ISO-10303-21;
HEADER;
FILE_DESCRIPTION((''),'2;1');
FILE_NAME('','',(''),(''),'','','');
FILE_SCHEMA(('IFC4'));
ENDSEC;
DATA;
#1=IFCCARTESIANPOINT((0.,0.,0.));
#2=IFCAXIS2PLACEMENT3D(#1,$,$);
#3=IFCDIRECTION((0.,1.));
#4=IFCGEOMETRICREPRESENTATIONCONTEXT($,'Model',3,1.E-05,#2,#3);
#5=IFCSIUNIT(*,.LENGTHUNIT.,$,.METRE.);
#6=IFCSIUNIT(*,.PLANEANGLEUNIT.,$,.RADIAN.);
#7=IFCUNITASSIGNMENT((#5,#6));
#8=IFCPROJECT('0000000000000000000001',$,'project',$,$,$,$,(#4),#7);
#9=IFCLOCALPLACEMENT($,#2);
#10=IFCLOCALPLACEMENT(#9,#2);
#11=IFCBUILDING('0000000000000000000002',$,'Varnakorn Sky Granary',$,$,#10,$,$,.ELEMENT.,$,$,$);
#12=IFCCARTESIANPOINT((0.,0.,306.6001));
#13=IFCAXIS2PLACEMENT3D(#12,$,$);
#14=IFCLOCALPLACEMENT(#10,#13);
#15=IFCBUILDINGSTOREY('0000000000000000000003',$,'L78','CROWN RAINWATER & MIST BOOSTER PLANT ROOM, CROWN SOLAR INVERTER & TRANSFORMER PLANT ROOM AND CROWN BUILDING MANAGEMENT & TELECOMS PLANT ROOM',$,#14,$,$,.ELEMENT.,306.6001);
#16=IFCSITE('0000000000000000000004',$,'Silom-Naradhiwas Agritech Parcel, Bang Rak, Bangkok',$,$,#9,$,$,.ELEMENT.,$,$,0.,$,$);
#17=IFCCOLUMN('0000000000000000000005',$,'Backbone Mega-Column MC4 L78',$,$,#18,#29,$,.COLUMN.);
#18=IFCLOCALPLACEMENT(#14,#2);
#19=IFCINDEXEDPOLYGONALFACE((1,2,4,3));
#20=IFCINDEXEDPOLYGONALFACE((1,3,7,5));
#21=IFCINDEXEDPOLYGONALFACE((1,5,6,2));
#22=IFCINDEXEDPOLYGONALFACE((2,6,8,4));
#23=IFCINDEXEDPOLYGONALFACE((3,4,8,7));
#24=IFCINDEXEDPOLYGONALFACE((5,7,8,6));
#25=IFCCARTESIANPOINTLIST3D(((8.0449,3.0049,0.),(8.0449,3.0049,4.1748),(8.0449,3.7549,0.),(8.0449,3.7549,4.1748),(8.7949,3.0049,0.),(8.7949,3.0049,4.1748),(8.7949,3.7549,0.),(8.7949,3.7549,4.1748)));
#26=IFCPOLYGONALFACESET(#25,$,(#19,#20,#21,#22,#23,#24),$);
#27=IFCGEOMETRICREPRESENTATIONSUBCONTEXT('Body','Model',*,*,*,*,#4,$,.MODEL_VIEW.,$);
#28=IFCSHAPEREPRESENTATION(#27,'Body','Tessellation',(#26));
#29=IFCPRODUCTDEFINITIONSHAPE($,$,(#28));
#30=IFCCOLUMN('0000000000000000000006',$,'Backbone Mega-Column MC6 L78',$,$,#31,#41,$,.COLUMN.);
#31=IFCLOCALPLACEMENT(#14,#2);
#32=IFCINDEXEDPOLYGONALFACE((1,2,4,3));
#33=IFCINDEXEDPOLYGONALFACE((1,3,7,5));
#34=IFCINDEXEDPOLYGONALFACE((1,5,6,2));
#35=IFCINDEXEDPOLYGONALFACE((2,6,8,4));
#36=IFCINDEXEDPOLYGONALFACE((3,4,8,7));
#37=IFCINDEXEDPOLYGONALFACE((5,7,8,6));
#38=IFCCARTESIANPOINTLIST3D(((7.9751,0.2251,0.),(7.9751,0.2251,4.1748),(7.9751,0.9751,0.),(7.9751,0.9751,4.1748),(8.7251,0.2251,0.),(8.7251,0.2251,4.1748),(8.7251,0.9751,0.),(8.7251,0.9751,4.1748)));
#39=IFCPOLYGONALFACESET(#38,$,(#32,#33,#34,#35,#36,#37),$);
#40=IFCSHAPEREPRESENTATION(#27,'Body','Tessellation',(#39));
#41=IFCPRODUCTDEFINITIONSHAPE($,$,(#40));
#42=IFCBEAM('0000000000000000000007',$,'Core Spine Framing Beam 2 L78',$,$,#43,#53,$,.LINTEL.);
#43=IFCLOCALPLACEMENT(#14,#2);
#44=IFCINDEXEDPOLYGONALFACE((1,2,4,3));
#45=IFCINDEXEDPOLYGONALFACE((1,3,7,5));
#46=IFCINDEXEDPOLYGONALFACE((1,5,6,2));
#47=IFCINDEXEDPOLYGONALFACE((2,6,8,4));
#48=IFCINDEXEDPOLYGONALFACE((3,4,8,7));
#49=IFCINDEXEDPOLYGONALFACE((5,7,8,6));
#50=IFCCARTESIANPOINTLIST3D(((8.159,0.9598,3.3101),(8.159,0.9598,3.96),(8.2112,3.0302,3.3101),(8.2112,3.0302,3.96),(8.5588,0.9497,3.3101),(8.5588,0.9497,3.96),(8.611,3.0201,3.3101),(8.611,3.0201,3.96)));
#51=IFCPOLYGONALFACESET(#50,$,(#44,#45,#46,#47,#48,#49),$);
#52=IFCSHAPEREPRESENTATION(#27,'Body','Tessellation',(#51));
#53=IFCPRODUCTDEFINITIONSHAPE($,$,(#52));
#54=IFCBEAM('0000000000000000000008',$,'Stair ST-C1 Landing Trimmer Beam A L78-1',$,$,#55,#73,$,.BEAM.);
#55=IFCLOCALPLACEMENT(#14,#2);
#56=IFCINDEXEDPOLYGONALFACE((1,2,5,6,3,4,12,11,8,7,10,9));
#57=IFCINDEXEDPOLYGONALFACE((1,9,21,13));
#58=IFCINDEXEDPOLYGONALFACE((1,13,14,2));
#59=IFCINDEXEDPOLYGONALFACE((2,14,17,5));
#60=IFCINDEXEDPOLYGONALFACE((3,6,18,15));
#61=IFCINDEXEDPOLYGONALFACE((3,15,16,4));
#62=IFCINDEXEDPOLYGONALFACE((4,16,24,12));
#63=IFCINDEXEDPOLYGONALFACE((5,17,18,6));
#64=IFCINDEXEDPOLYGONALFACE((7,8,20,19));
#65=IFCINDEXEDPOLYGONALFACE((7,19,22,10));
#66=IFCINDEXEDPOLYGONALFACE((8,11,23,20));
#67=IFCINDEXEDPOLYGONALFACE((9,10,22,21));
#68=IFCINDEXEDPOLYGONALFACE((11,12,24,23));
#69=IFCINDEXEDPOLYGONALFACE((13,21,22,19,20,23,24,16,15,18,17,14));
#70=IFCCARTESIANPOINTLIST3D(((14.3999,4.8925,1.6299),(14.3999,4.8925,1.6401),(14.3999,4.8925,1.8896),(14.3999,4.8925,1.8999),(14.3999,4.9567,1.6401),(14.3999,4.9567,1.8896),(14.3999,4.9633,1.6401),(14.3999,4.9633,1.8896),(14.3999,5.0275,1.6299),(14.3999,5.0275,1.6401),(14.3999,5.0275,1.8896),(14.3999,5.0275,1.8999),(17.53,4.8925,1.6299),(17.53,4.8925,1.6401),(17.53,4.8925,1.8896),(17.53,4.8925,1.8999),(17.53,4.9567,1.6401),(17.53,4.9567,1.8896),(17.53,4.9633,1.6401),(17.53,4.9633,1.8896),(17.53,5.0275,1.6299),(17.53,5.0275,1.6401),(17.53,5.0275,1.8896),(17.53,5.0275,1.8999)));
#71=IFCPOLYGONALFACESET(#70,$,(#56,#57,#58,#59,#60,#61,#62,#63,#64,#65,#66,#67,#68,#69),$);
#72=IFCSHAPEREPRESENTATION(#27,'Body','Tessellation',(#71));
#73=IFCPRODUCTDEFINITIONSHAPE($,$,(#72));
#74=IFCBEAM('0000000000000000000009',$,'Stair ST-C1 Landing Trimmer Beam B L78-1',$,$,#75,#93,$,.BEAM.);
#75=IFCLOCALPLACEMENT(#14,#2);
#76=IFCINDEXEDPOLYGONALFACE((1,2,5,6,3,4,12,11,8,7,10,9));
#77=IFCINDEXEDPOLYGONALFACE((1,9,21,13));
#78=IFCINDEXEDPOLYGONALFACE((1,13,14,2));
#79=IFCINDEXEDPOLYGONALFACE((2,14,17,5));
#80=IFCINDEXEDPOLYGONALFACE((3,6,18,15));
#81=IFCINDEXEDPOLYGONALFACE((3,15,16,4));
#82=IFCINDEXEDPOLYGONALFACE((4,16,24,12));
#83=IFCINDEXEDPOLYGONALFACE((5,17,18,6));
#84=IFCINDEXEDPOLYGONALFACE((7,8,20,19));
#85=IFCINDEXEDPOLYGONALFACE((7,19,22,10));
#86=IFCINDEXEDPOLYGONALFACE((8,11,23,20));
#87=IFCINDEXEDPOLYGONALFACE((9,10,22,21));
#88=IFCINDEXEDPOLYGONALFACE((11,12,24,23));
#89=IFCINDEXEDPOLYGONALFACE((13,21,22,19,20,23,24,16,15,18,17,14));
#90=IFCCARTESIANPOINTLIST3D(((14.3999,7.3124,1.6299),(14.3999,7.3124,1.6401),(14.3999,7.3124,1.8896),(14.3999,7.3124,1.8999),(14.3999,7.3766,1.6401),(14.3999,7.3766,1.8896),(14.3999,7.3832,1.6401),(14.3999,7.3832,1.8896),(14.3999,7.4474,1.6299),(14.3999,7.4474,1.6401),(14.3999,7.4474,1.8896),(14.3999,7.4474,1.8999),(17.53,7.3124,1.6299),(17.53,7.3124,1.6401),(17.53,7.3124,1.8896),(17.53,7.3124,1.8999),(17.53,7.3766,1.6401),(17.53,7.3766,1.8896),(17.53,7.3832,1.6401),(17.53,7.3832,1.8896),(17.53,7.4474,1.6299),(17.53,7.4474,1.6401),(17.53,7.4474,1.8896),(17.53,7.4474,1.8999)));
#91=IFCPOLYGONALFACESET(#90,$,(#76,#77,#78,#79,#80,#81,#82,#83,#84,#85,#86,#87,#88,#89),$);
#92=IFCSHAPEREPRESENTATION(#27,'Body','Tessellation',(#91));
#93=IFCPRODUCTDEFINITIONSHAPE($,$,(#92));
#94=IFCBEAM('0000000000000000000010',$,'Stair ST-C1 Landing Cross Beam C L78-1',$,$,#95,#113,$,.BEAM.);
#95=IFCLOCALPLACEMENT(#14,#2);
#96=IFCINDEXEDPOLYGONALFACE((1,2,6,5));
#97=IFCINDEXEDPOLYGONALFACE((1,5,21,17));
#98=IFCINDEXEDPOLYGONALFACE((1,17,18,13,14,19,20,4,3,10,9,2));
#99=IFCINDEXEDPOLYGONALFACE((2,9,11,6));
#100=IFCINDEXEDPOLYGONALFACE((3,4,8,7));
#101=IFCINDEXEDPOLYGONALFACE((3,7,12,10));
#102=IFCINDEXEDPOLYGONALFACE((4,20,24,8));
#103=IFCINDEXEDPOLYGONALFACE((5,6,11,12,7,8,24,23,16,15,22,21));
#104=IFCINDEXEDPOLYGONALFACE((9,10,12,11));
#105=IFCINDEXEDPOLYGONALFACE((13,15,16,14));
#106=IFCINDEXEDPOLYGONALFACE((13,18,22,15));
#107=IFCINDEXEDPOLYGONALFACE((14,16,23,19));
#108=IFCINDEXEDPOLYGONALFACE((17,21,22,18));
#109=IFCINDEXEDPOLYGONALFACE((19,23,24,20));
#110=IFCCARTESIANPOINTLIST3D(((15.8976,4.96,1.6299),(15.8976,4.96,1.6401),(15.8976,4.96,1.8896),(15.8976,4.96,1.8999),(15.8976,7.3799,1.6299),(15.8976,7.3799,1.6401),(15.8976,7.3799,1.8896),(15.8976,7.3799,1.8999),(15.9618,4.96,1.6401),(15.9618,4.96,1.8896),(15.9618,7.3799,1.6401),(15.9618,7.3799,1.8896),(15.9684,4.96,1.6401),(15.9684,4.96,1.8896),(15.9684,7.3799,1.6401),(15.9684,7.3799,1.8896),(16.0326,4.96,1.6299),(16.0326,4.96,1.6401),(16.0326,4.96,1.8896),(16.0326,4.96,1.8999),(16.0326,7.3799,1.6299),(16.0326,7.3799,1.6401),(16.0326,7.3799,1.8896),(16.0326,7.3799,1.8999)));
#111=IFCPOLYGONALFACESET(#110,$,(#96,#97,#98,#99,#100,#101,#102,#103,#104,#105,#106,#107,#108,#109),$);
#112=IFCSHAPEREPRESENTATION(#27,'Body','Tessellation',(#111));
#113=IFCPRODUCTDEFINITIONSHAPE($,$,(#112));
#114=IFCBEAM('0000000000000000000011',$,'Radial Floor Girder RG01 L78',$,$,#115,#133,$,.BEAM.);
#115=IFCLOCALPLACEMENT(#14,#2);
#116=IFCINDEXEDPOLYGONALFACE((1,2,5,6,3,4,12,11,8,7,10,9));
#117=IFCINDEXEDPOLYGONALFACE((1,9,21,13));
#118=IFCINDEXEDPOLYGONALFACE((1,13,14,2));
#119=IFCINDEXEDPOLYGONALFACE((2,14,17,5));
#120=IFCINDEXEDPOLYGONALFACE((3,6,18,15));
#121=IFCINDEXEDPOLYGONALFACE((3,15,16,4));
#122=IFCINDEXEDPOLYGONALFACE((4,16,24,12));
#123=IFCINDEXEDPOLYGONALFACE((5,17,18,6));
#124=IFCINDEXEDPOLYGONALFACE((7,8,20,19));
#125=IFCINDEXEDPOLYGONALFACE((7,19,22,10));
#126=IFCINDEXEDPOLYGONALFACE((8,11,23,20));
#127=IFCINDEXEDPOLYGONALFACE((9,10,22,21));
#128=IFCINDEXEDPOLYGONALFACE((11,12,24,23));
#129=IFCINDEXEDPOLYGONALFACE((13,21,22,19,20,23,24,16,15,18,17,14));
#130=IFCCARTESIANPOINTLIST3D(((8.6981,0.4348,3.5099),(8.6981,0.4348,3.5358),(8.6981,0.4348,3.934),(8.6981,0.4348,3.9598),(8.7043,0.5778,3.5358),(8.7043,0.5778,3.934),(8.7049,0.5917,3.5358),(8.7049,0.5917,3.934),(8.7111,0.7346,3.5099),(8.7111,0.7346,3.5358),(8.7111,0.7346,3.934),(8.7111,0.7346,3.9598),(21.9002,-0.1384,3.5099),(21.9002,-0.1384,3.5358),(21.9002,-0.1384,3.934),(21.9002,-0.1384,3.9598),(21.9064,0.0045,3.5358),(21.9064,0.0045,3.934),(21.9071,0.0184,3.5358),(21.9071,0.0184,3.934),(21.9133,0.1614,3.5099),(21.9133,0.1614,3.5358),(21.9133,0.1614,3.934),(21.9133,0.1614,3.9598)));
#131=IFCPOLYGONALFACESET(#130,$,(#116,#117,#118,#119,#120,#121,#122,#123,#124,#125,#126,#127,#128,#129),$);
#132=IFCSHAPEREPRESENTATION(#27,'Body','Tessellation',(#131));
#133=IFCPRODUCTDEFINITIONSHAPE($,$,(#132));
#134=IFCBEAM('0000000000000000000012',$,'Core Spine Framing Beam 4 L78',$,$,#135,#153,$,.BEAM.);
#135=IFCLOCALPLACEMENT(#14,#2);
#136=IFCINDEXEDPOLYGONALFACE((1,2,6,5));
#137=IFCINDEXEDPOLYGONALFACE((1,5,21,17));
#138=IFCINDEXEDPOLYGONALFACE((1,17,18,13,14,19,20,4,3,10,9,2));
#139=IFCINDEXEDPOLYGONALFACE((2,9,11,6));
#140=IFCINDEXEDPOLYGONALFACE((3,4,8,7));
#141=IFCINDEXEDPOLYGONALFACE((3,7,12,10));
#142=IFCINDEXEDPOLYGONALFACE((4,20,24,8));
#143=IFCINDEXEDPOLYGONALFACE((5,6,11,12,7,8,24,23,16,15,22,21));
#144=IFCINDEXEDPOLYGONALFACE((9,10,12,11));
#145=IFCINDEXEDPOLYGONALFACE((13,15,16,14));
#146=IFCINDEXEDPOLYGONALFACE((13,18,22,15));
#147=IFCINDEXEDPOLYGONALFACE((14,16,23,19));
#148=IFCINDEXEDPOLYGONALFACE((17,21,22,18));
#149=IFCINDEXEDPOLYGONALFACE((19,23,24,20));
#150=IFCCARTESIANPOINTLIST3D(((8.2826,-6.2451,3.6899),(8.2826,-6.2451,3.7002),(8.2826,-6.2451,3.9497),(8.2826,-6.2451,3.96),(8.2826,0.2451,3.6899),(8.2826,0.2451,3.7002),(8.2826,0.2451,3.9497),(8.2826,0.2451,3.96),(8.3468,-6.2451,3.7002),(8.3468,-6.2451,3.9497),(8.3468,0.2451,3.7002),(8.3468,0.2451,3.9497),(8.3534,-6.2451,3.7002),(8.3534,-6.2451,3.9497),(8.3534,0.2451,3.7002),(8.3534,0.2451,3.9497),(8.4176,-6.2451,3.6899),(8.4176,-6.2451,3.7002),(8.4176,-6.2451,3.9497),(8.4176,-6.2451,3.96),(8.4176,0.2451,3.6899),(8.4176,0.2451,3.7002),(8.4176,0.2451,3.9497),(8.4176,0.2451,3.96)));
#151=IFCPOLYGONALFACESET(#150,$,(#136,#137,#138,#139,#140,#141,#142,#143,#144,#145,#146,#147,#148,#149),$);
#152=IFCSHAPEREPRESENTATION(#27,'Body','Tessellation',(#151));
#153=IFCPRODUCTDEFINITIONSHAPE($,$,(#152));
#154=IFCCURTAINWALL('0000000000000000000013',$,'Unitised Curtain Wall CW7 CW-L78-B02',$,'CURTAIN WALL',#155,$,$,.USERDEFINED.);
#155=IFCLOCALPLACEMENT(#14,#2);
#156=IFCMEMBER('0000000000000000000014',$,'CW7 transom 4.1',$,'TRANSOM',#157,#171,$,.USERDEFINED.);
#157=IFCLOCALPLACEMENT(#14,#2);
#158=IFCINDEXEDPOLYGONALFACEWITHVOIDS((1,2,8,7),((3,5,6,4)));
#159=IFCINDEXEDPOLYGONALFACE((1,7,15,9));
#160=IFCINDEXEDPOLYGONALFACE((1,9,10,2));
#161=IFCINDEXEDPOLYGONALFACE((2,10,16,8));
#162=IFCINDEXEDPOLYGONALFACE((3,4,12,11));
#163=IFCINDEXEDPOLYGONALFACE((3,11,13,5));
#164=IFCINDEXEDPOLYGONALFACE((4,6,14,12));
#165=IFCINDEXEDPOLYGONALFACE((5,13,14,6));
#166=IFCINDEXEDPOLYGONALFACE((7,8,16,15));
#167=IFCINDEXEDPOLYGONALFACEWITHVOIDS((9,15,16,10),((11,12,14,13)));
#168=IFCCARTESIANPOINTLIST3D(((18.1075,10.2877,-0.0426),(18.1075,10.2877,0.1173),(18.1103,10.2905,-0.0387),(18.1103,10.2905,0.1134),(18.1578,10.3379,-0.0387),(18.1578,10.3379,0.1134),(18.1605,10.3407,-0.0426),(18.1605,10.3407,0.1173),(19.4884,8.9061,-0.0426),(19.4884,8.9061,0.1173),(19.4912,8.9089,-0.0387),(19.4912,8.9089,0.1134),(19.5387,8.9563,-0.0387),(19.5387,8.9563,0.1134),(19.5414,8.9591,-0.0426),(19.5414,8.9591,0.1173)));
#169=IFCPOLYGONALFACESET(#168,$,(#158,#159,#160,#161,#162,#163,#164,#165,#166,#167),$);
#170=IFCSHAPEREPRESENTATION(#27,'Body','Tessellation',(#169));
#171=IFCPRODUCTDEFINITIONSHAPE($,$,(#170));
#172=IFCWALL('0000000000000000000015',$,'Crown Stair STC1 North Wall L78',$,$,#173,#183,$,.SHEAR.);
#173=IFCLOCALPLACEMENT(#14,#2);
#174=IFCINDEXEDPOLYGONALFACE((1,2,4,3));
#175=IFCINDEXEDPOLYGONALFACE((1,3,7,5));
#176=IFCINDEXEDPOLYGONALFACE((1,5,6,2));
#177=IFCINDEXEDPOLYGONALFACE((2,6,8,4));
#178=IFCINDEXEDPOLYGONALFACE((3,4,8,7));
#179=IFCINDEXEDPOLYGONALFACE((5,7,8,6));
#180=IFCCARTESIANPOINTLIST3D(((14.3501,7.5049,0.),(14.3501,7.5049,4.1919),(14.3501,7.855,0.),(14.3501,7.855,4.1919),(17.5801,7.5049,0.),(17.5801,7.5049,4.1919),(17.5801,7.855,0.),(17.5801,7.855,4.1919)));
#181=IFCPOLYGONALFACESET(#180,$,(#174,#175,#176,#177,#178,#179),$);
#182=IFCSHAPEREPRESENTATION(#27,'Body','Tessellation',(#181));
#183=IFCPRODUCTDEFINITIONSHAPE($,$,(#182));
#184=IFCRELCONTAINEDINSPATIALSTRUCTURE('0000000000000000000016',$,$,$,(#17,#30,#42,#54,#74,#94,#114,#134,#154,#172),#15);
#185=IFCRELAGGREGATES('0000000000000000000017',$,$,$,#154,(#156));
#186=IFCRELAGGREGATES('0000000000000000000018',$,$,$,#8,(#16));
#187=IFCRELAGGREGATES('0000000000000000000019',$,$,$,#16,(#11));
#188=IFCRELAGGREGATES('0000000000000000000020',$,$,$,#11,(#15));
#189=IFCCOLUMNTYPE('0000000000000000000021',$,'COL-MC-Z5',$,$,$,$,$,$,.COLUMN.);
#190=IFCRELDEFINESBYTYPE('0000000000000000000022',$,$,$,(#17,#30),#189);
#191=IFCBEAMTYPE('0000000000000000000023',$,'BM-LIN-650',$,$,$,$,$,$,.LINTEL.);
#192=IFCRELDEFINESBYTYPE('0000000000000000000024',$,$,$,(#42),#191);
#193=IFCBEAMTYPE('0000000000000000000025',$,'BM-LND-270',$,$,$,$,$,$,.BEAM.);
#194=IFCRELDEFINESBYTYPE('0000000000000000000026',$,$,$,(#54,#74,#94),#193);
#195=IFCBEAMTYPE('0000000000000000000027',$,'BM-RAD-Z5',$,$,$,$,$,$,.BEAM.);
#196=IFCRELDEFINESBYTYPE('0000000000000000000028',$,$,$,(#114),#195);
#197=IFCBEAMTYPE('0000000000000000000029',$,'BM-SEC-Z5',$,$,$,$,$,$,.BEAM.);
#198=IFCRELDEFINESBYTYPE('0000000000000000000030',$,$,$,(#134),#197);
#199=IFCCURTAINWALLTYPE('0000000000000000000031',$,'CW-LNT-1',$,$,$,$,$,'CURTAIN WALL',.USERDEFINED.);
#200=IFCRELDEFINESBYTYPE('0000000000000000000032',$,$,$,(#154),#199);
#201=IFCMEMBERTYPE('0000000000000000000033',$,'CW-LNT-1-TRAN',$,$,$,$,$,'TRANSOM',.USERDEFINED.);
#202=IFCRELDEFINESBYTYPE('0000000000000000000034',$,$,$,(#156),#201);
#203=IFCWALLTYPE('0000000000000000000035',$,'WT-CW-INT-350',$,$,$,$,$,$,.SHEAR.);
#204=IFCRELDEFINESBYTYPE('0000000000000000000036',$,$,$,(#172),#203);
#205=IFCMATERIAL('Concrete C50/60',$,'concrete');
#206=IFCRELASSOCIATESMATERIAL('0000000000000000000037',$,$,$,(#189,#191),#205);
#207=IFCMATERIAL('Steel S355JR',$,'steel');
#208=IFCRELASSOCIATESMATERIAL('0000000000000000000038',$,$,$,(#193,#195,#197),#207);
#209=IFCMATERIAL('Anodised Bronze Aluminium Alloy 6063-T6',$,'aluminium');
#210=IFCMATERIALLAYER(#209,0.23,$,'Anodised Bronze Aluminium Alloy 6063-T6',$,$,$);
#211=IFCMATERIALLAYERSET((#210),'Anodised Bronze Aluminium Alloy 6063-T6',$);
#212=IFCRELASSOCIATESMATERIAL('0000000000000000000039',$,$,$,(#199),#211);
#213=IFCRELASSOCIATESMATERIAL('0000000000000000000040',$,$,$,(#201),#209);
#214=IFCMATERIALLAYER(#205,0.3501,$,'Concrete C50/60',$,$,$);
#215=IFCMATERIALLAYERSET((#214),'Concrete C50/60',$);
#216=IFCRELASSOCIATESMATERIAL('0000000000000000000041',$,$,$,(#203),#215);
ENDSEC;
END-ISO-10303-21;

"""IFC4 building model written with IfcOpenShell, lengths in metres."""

from ifc_helpers import new_model, si_unit, direction, frame, frame_2d, origin, origin_2d, place, context, subcontext, project, spatial, rectangle, hollow_rectangle, i_section, extrude, material, layer, layer_set, material_profile, profile_set, type_object, element, aggregate, save


model = new_model("IFC4")

# Units and contexts
model_context = context("Model", 3, precision=1e-05, world=origin(), true_north=direction((0.0, 1.0)))
body_context = subcontext(model_context, "Body", "Model", "MODEL_VIEW")
ifc_project = project(units=[si_unit("LENGTHUNIT", "METRE"), si_unit("PLANEANGLEUNIT", "RADIAN")], contexts=[model_context])

# Site, building, storey
site_placement = place(None, origin())
site = spatial("IfcSite", under=ifc_project, at=site_placement, Name="Silom-Naradhiwas Agritech Parcel, Bang Rak, Bangkok", CompositionType="ELEMENT", RefElevation=0.0)
building_placement = place(site_placement, origin())
building = spatial("IfcBuilding", under=site, at=building_placement, Name="Varnakorn Sky Granary", CompositionType="ELEMENT")
storey_placement = place(building_placement, frame((0.0, 0.0, 306.6001)))
storey = spatial("IfcBuildingStorey", under=building, at=storey_placement, Name="L78", Description="CROWN RAINWATER & MIST BOOSTER PLANT ROOM, CROWN SOLAR INVERTER & TRANSFORMER PLANT ROOM AND CROWN BUILDING MANAGEMENT & TELECOMS PLANT ROOM", CompositionType="ELEMENT", Elevation=306.6001)

# Columns
ifc_material_1 = material(Name="Concrete C50/60", Category="concrete")
ifc_material_profile_1 = material_profile(ifc_material_1, rectangle(XDim=0.75, YDim=0.75, at=origin_2d()), Name="RC 750x750")
ifc_profile_set_1 = profile_set([ifc_material_profile_1], Name="Concrete C50/60")
column_type = type_object("IfcColumnType", Name="COL-MC-Z5", PredefinedType="COLUMN", material=ifc_profile_set_1)
for number, where, z_axis, x_axis, name in (
    (1, (8.4199, 3.3799, 0.0), (0.0, 0.0, 1.0), (1.0, 0.0, 0.0), "Backbone Mega-Column MC4 L78"),
    (2, (8.3501, 0.6001, 0.0), (0.0, 0.0, 1.0), (1.0, 0.0, 0.0), "Backbone Mega-Column MC6 L78"),
):
    element("IfcColumn", number, at=place(storey_placement, frame(where, z_axis=z_axis, x_axis=x_axis)), inside=storey, type_object=column_type, Name=name, PredefinedType="COLUMN", context=body_context, shape_type="SweptSolid", body=[
        extrude(rectangle(XDim=0.75, YDim=0.75, at=origin_2d()), origin(), (0.0, 0.0, 1.0), 4.1748),
    ])

# Beams
ifc_material_profile_2 = material_profile(ifc_material_1, rectangle(XDim=0.3999, YDim=0.6499, at=origin_2d()), Name="RC 400x650")
ifc_profile_set_2 = profile_set([ifc_material_profile_2], Name="Concrete C50/60")
beam_type_1 = type_object("IfcBeamType", Name="BM-LIN-650", PredefinedType="LINTEL", material=ifc_profile_set_2)
beam_1_placement = place(storey_placement, frame((8.4111, 3.0251, 3.635), z_axis=(-0.025228, -0.999682, 0.0), x_axis=(0.999682, -0.025228, 0.0)))
element("IfcBeam", 3, at=beam_1_placement, inside=storey, type_object=beam_type_1, Name="Core Spine Framing Beam 2 L78", PredefinedType="LINTEL", context=body_context, shape_type="SweptSolid", body=[
    extrude(rectangle(XDim=0.3999, YDim=0.6499, at=origin_2d()), origin(), (0.0, 0.0, 1.0), 2.071),
])
ifc_material_2 = material(Name="Steel S355JR", Category="steel")
ifc_material_profile_3 = material_profile(ifc_material_2, i_section(OverallWidth=0.135, OverallDepth=0.27, WebThickness=0.0066, FlangeThickness=0.0103, at=origin_2d()), Name="IPE 270")
ifc_profile_set_3 = profile_set([ifc_material_profile_3], Name="Steel S355JR")
beam_type_2 = type_object("IfcBeamType", Name="BM-LND-270", PredefinedType="BEAM", material=ifc_profile_set_3)
for number, where, z_axis, x_axis, name in (
    (4, (14.3999, 4.96, 1.7649), (1.0, 0.0, 0.0), (0.0, 1.0, 0.0), "Stair ST-C1 Landing Trimmer Beam A L78-1"),
    (5, (14.3999, 7.3799, 1.7649), (1.0, 0.0, 0.0), (0.0, 1.0, 0.0), "Stair ST-C1 Landing Trimmer Beam B L78-1"),
):
    element("IfcBeam", number, at=place(storey_placement, frame(where, z_axis=z_axis, x_axis=x_axis)), inside=storey, type_object=beam_type_2, Name=name, PredefinedType="BEAM", context=body_context, shape_type="SweptSolid", body=[
        extrude(i_section(OverallWidth=0.135, OverallDepth=0.27, WebThickness=0.0066, FlangeThickness=0.0103, at=origin_2d()), origin(), (0.0, 0.0, 1.0), 3.1301),
    ])
beam_2_placement = place(storey_placement, frame((15.9651, 4.96, 1.7649), z_axis=(0.0, 1.0, 0.0), x_axis=(-1.0, 0.0, 0.0)))
element("IfcBeam", 6, at=beam_2_placement, inside=storey, type_object=beam_type_2, Name="Stair ST-C1 Landing Cross Beam C L78-1", PredefinedType="BEAM", context=body_context, shape_type="SweptSolid", body=[
    extrude(i_section(OverallWidth=0.135, OverallDepth=0.27, WebThickness=0.0066, FlangeThickness=0.0103, at=origin_2d()), origin(), (0.0, 0.0, 1.0), 2.4199),
])
ifc_material_profile_4 = material_profile(ifc_material_2, i_section(OverallWidth=0.3, OverallDepth=0.45, WebThickness=0.0139, FlangeThickness=0.0259, at=origin_2d()), Name="HE 450 B")
ifc_profile_set_4 = profile_set([ifc_material_profile_4], Name="Steel S355JR")
beam_type_3 = type_object("IfcBeamType", Name="BM-RAD-Z5", PredefinedType="BEAM", material=ifc_profile_set_4)
beam_3_placement = place(storey_placement, frame((8.7046, 0.5847, 3.7349), z_axis=(0.999059, -0.043379, 0.0), x_axis=(0.043379, 0.999059, 0.0)))
element("IfcBeam", 7, at=beam_3_placement, inside=storey, type_object=beam_type_3, Name="Radial Floor Girder RG01 L78", PredefinedType="BEAM", context=body_context, shape_type="SweptSolid", body=[
    extrude(i_section(OverallWidth=0.3, OverallDepth=0.45, WebThickness=0.0139, FlangeThickness=0.0259, at=origin_2d()), origin(), (0.0, 0.0, 1.0), 13.2146),
])
ifc_material_profile_5 = material_profile(ifc_material_2, i_section(OverallWidth=0.135, OverallDepth=0.27, WebThickness=0.0066, FlangeThickness=0.0103, at=origin_2d()), Name="IPE 270")
ifc_profile_set_5 = profile_set([ifc_material_profile_5], Name="Steel S355JR")
beam_type_4 = type_object("IfcBeamType", Name="BM-SEC-Z5", PredefinedType="BEAM", material=ifc_profile_set_5)
beam_4_placement = place(storey_placement, frame((8.3501, 0.2451, 3.825), z_axis=(0.0, -1.0, 0.0), x_axis=(1.0, 0.0, 0.0)))
element("IfcBeam", 8, at=beam_4_placement, inside=storey, type_object=beam_type_4, Name="Core Spine Framing Beam 4 L78", PredefinedType="BEAM", context=body_context, shape_type="SweptSolid", body=[
    extrude(i_section(OverallWidth=0.135, OverallDepth=0.27, WebThickness=0.0066, FlangeThickness=0.0103, at=origin_2d()), origin(), (0.0, 0.0, 1.0), 6.4902),
])

# Curtain wall, member
ifc_material_3 = material(Name="Anodised Bronze Aluminium Alloy 6063-T6", Category="aluminium")
ifc_layer_1 = layer(ifc_material_3, 0.23, Name="Anodised Bronze Aluminium Alloy 6063-T6")
ifc_layer_set_1 = layer_set([ifc_layer_1], Name="Anodised Bronze Aluminium Alloy 6063-T6")
curtain_wall_type = type_object("IfcCurtainWallType", Name="CW-LNT-1", ElementType="CURTAIN WALL", PredefinedType="USERDEFINED", material=ifc_layer_set_1)
curtain_wall_placement = place(storey_placement, origin())
curtain_wall = element("IfcCurtainWall", 9, at=curtain_wall_placement, inside=storey, type_object=curtain_wall_type, Name="Unitised Curtain Wall CW7 CW-L78-B02", ObjectType="CURTAIN WALL", PredefinedType="USERDEFINED")
ifc_material_profile_6 = material_profile(ifc_material_3, hollow_rectangle(XDim=0.075, YDim=0.1599, WallThickness=0.0039, at=origin_2d()), Name="ALU TRAN 75x160")
ifc_profile_set_6 = profile_set([ifc_material_profile_6], Name="Anodised Bronze Aluminium Alloy 6063-T6")
member_type = type_object("IfcMemberType", Name="CW-LNT-1-TRAN", ElementType="TRANSOM", PredefinedType="USERDEFINED", material=ifc_profile_set_6)
member_placement = place(storey_placement, frame((18.134, 10.3142, 0.0374), z_axis=(0.706919, -0.707294, 0.0), x_axis=(0.707294, 0.706919, 0.0)))
member = element("IfcMember", 10, at=member_placement, type_object=member_type, Name="CW7 transom 4.1", ObjectType="TRANSOM", PredefinedType="USERDEFINED", context=body_context, shape_type="SweptSolid", body=[
    extrude(hollow_rectangle(XDim=0.075, YDim=0.1599, WallThickness=0.0039, at=origin_2d()), origin(), (0.0, 0.0, 1.0), 1.9534),
])
aggregate(curtain_wall, [member])

# Wall
ifc_layer_2 = layer(ifc_material_1, 0.3501, Name="Concrete C50/60")
ifc_layer_set_2 = layer_set([ifc_layer_2], Name="Concrete C50/60")
wall_type_1 = type_object("IfcWallType", Name="WT-CW-INT-350", PredefinedType="SHEAR", material=ifc_layer_set_2)
wall_1_placement = place(storey_placement, frame((14.3501, 7.6799, 0.0), z_axis=(0.0, 0.0, 1.0), x_axis=(1.0, 0.0, 0.0)))
element("IfcWall", 11, at=wall_1_placement, inside=storey, type_object=wall_type_1, Name="Crown Stair STC1 North Wall L78", PredefinedType="SHEAR", context=body_context, shape_type="SweptSolid", body=[
    extrude(rectangle(XDim=3.23, YDim=0.3501, at=frame_2d((1.615, 0.0))), origin(), (0.0, 0.0, 1.0), 4.1919),
])

save(model, "model.ifc")
